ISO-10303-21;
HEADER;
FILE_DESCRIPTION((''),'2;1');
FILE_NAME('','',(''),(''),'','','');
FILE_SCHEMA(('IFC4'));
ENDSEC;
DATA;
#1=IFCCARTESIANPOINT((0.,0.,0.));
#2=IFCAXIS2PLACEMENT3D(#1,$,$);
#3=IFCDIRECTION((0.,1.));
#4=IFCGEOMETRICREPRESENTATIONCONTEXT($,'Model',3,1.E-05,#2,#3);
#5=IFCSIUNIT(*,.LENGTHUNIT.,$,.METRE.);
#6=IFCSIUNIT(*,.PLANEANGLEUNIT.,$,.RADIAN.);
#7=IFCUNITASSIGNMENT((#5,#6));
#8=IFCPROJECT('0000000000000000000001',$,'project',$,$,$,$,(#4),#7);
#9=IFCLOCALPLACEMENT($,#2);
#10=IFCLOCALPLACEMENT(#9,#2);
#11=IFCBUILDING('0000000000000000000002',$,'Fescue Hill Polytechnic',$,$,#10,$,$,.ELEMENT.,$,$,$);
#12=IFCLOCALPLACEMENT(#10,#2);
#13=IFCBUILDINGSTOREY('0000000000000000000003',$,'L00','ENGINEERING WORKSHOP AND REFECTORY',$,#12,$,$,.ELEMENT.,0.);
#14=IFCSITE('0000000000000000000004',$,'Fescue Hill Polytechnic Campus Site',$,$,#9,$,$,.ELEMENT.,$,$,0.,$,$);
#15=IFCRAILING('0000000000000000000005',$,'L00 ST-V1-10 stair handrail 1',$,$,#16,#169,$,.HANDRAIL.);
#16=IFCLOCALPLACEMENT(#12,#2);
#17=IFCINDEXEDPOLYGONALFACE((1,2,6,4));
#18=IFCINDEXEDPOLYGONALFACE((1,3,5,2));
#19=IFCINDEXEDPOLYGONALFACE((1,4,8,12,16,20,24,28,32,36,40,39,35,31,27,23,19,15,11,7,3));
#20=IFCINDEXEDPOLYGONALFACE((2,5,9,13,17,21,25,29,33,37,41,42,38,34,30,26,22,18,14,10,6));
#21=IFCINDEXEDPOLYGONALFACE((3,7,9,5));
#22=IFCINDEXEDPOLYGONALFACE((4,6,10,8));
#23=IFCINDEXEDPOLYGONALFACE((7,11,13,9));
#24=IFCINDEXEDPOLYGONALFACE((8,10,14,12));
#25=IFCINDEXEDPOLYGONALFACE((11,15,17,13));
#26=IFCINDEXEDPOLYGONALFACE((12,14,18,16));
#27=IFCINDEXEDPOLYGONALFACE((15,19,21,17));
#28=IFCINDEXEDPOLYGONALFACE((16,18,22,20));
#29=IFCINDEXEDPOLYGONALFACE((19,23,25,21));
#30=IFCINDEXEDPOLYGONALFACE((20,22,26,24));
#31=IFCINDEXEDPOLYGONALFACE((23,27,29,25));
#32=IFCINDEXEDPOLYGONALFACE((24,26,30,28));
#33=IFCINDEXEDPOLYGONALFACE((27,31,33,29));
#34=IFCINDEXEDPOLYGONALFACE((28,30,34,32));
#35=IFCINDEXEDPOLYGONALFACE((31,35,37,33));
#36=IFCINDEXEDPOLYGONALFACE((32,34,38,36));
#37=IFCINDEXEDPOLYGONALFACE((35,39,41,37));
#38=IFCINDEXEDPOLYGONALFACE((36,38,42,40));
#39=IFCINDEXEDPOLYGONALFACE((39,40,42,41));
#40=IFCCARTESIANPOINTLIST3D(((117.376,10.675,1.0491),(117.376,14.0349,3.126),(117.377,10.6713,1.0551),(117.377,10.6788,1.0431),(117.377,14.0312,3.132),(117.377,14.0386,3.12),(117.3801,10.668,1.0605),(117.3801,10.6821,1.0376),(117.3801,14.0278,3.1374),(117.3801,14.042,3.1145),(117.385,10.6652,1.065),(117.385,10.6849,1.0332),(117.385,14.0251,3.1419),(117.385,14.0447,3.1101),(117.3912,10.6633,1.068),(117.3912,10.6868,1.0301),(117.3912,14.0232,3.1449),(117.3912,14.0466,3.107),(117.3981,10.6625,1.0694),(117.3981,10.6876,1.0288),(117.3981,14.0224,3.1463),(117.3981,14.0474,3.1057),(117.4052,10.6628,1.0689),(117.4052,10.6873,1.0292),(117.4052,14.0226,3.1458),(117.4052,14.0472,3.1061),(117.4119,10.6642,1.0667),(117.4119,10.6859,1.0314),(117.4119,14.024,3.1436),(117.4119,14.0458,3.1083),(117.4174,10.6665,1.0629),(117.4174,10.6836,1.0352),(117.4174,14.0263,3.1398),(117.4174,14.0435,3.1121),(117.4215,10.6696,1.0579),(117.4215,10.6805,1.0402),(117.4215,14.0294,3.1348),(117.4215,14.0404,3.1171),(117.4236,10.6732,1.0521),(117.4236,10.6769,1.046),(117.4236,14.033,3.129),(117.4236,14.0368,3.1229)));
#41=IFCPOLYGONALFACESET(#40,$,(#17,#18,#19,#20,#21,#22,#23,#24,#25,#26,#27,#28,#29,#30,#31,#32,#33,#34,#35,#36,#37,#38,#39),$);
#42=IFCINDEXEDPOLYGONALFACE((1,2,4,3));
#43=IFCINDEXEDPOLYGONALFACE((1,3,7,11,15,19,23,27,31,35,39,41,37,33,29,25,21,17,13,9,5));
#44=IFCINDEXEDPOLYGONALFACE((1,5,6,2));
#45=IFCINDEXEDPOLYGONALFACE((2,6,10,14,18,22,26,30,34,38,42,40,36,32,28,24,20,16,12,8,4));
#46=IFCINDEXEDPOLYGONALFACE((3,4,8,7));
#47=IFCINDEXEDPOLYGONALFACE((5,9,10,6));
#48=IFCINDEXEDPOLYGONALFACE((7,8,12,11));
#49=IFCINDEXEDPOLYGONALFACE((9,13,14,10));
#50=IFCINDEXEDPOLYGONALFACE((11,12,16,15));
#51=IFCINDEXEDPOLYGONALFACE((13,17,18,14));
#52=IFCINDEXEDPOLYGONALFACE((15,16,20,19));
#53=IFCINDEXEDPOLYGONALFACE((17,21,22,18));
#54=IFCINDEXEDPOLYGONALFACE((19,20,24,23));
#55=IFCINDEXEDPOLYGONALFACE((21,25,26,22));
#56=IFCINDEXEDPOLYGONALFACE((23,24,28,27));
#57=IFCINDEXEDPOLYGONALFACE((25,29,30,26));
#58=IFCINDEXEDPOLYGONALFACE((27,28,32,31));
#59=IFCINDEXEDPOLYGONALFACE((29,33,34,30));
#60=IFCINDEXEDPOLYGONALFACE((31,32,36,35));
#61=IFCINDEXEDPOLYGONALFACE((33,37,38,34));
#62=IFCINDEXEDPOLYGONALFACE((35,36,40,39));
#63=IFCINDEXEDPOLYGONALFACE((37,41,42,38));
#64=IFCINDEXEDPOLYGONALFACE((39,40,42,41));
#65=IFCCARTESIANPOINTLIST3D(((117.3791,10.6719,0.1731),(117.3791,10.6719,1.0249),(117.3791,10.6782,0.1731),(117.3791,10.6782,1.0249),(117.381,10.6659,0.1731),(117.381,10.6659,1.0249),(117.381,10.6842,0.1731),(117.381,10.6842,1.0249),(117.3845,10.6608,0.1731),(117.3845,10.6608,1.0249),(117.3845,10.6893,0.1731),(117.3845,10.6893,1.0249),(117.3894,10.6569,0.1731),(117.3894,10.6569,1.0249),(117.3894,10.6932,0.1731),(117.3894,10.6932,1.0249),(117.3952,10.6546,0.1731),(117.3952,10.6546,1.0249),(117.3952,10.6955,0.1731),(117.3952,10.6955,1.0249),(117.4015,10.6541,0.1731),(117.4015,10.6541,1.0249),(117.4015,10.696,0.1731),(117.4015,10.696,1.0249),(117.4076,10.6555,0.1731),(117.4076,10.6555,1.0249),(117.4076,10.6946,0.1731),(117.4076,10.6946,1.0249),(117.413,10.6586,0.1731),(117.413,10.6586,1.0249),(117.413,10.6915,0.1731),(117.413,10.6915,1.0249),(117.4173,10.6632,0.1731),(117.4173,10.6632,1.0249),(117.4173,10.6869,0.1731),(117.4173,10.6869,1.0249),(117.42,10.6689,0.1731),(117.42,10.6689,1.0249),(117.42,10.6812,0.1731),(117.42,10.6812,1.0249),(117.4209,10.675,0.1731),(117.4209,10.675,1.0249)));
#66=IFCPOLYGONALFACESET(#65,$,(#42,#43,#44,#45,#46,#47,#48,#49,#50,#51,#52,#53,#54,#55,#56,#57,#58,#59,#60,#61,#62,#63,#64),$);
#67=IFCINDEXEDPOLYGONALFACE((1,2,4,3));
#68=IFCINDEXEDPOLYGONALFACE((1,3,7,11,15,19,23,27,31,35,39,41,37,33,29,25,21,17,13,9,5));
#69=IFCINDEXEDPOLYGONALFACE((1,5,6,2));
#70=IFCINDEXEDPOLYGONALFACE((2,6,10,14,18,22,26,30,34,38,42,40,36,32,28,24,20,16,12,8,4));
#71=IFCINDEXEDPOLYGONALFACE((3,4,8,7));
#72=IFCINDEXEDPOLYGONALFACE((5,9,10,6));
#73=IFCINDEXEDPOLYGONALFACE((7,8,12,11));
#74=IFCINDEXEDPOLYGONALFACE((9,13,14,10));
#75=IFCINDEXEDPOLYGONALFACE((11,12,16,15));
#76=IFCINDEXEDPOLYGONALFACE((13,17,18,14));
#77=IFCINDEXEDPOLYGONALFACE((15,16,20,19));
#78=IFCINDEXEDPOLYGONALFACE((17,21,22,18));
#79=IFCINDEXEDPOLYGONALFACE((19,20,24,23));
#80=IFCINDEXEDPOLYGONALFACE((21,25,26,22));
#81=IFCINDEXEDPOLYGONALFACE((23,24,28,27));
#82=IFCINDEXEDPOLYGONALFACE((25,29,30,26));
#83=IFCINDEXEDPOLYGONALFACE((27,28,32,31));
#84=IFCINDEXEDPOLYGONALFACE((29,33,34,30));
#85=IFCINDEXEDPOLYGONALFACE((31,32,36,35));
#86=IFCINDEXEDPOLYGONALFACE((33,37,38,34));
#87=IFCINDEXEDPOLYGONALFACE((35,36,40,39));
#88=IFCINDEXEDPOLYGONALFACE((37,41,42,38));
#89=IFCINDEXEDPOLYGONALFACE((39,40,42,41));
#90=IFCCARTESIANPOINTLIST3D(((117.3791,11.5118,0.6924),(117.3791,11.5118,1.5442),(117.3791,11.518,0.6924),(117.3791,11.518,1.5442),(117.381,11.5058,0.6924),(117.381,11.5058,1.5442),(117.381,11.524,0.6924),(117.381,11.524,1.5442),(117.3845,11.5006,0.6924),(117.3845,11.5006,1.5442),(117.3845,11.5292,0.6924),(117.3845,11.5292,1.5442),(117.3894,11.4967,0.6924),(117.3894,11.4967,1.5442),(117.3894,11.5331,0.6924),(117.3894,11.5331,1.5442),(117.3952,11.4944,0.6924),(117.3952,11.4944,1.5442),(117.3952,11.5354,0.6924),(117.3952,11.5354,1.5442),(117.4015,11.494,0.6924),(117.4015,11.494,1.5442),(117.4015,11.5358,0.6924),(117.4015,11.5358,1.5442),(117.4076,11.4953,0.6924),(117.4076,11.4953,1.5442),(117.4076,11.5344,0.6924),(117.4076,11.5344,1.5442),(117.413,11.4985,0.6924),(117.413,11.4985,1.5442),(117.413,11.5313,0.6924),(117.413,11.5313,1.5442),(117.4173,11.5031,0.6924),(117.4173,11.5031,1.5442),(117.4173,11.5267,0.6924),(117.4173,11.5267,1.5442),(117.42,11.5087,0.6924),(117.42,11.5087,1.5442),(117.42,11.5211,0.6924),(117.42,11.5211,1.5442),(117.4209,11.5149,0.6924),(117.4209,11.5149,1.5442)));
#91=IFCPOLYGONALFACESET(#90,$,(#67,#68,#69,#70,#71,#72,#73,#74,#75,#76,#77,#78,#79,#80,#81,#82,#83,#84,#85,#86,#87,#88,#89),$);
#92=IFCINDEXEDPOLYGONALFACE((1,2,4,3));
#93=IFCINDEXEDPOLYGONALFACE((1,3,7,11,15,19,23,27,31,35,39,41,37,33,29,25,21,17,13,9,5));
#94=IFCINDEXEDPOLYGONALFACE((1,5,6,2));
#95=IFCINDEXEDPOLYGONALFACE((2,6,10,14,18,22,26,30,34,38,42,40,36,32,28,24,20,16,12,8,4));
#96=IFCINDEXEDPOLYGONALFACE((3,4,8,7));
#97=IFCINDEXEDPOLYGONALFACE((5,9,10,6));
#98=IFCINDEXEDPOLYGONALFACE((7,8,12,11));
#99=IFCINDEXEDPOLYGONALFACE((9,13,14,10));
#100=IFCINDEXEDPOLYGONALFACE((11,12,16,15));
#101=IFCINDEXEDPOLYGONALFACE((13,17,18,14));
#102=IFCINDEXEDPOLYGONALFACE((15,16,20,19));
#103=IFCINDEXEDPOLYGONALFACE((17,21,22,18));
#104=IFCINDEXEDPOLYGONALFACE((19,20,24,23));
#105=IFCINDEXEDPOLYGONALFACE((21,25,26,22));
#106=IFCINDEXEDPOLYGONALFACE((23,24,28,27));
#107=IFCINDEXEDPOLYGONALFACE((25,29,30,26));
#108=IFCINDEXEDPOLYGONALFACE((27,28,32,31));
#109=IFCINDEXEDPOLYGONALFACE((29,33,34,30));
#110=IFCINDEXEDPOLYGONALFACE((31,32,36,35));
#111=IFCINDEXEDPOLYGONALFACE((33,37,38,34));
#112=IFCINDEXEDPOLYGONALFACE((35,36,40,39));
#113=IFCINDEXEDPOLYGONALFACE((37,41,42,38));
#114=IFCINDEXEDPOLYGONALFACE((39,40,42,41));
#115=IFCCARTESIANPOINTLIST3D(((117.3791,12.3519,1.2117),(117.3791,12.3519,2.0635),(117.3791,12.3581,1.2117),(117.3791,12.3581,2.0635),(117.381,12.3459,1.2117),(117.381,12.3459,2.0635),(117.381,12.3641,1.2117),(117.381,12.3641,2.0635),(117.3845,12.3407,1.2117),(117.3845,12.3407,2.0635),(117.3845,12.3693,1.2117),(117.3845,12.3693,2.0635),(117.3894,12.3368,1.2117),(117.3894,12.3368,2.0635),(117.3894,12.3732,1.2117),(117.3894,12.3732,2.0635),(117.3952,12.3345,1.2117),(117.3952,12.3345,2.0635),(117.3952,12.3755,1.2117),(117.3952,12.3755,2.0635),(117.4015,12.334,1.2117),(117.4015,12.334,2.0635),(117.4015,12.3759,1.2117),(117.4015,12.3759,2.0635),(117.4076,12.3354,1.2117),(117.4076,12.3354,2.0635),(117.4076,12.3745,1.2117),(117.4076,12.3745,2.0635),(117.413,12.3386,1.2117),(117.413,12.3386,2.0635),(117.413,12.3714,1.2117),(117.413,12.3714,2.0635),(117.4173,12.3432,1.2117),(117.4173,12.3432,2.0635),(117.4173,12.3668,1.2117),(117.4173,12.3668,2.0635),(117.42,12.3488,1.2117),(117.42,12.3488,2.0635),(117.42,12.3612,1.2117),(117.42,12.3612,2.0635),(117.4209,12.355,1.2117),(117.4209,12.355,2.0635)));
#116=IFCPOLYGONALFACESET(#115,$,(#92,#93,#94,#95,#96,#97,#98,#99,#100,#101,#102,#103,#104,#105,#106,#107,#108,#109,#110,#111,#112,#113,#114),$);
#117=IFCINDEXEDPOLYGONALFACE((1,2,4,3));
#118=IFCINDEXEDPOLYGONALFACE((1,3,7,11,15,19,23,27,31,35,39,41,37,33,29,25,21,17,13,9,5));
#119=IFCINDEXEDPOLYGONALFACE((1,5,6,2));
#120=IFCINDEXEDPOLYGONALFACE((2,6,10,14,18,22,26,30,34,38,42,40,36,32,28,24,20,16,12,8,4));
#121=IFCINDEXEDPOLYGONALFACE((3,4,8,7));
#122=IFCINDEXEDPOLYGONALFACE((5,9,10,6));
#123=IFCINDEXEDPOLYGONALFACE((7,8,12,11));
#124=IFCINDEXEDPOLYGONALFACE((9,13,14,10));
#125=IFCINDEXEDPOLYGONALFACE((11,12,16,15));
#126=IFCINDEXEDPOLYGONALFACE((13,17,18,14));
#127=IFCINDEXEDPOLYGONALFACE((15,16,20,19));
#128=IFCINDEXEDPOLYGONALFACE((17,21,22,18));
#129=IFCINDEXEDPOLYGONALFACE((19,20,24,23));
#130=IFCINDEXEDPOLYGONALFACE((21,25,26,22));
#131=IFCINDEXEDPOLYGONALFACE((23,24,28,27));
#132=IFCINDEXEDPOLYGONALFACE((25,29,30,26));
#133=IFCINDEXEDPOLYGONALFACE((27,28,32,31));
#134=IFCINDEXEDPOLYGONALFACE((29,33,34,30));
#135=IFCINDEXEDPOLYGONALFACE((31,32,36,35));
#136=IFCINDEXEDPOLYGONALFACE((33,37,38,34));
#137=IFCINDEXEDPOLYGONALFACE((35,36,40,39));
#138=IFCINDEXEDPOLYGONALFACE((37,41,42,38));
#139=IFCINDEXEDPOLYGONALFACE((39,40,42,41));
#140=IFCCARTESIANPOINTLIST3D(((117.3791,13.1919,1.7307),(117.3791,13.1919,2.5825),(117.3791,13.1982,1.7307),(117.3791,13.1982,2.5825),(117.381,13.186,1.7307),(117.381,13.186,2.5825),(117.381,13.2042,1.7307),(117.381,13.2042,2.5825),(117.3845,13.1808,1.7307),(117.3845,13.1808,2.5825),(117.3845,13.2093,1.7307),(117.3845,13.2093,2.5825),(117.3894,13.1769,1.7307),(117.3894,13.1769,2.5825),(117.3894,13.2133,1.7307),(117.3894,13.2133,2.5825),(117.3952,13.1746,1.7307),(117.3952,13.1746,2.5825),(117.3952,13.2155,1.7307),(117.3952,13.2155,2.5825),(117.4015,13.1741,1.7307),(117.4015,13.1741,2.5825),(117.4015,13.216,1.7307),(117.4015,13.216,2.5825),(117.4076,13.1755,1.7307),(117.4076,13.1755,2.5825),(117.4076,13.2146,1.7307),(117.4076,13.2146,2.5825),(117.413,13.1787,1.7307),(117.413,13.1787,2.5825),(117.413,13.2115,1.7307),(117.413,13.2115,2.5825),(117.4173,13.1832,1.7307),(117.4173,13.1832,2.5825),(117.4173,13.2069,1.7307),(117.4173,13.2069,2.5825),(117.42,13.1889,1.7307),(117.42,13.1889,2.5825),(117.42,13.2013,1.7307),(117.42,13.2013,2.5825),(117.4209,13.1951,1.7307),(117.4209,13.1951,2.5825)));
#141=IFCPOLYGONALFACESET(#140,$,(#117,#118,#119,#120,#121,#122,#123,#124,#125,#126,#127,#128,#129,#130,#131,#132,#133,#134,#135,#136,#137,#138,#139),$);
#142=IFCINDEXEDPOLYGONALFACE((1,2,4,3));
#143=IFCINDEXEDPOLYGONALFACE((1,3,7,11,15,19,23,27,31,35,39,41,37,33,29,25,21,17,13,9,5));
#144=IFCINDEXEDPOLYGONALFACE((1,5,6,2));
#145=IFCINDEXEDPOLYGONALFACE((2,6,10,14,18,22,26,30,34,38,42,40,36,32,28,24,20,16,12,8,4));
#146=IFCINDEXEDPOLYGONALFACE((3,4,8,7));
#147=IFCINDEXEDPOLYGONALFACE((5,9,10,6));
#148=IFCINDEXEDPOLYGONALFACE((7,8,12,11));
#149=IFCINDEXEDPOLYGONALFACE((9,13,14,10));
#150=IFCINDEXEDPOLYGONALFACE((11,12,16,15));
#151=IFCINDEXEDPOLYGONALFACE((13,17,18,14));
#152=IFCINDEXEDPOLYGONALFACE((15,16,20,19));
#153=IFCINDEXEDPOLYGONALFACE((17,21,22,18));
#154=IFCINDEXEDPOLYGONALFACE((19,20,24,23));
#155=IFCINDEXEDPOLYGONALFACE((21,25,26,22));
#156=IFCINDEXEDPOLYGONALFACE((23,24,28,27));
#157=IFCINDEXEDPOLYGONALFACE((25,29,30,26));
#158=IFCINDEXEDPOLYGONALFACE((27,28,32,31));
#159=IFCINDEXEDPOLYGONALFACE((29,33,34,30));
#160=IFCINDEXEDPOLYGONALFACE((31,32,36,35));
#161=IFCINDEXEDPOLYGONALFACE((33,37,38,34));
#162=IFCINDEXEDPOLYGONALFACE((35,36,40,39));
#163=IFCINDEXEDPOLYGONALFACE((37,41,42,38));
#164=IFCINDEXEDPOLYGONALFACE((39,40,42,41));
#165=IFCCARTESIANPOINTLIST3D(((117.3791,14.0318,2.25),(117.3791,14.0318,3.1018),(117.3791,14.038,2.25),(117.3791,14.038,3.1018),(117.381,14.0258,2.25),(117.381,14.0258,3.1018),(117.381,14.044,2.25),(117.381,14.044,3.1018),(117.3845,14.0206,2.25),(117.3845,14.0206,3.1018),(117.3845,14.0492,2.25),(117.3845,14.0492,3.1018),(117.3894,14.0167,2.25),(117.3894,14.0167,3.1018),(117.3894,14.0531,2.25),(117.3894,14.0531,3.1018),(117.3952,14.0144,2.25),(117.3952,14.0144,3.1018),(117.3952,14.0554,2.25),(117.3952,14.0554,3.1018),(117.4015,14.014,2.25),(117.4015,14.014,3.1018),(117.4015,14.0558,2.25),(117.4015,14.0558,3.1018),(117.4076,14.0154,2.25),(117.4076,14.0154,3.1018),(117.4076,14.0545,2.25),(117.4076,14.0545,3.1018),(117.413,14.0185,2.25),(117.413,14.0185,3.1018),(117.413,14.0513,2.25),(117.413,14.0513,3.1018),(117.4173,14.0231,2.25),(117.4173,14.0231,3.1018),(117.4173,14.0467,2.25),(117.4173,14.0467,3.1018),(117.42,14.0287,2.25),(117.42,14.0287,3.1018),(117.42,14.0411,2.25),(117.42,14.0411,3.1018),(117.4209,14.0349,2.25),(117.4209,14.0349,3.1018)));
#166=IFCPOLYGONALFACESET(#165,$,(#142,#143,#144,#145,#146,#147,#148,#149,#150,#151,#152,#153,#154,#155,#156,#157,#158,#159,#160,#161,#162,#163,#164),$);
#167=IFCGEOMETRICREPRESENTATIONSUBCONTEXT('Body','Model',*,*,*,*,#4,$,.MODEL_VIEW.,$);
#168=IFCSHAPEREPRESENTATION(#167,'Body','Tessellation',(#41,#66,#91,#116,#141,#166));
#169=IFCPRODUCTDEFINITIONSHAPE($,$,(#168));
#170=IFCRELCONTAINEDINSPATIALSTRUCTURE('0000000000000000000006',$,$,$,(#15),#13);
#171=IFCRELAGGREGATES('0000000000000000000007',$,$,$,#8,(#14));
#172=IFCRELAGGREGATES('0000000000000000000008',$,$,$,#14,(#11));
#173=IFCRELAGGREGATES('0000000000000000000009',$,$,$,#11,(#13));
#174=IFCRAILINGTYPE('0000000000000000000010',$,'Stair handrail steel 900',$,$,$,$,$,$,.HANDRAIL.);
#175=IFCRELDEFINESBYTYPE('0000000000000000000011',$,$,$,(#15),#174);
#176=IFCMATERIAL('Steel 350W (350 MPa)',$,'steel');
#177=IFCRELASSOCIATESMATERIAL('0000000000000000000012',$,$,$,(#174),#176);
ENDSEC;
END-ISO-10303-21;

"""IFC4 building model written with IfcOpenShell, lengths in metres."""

from ifc_helpers import new_model, si_unit, direction, frame, origin, origin_2d, place, context, subcontext, project, spatial, circle, extrude, material, type_object, element, save


model = new_model("IFC4")

# Units and contexts
model_context = context("Model", 3, precision=1e-05, world=origin(), true_north=direction((0.0, 1.0)))
body_context = subcontext(model_context, "Body", "Model", "MODEL_VIEW")
ifc_project = project(units=[si_unit("LENGTHUNIT", "METRE"), si_unit("PLANEANGLEUNIT", "RADIAN")], contexts=[model_context])

# Site, building, storey
site_placement = place(None, origin())
site = spatial("IfcSite", under=ifc_project, at=site_placement, Name="Fescue Hill Polytechnic Campus Site", CompositionType="ELEMENT", RefElevation=0.0)
building_placement = place(site_placement, origin())
building = spatial("IfcBuilding", under=site, at=building_placement, Name="Fescue Hill Polytechnic", CompositionType="ELEMENT")
storey_placement = place(building_placement, origin())
storey = spatial("IfcBuildingStorey", under=building, at=storey_placement, Name="L00", Description="ENGINEERING WORKSHOP AND REFECTORY", CompositionType="ELEMENT", Elevation=0.0)

# Railing
ifc_material_1 = material(Name="Steel 350W (350 MPa)", Category="steel")
railing_type_1 = type_object("IfcRailingType", Name="Stair handrail steel 900", PredefinedType="HANDRAIL", material=ifc_material_1)
for number, where, name in (
    (1, (117.3999, 10.675, 0.1731), "L00 ST-V1-10 stair handrail 1"),
):
    element("IfcRailing", number, at=place(storey_placement, frame(where)), inside=storey, type_object=railing_type_1, Name=name, PredefinedType="HANDRAIL", context=body_context, shape_type="SweptSolid", body=[
        extrude(circle(Radius=0.0239, at=origin_2d()), frame((0.0, 0.0, 0.876), z_axis=(0.0, 0.850606, 0.525803), x_axis=(-1.0, 0.0, 0.0)), (0.0, 0.0, 1.0), 3.95),
        extrude(circle(Radius=0.021, at=origin_2d()), origin(), (0.0, 0.0, 1.0), 0.8518),
        extrude(circle(Radius=0.021, at=origin_2d()), frame((0.0, 0.8398, 0.5193)), (0.0, 0.0, 1.0), 0.8518),
        extrude(circle(Radius=0.021, at=origin_2d()), frame((0.0, 1.6799, 1.0386)), (0.0, 0.0, 1.0), 0.8518),
        extrude(circle(Radius=0.021, at=origin_2d()), frame((0.0, 2.52, 1.5576)), (0.0, 0.0, 1.0), 0.8518),
        extrude(circle(Radius=0.021, at=origin_2d()), frame((0.0, 3.3599, 2.0769)), (0.0, 0.0, 1.0), 0.8518),
    ])

save(model, "model.ifc")
